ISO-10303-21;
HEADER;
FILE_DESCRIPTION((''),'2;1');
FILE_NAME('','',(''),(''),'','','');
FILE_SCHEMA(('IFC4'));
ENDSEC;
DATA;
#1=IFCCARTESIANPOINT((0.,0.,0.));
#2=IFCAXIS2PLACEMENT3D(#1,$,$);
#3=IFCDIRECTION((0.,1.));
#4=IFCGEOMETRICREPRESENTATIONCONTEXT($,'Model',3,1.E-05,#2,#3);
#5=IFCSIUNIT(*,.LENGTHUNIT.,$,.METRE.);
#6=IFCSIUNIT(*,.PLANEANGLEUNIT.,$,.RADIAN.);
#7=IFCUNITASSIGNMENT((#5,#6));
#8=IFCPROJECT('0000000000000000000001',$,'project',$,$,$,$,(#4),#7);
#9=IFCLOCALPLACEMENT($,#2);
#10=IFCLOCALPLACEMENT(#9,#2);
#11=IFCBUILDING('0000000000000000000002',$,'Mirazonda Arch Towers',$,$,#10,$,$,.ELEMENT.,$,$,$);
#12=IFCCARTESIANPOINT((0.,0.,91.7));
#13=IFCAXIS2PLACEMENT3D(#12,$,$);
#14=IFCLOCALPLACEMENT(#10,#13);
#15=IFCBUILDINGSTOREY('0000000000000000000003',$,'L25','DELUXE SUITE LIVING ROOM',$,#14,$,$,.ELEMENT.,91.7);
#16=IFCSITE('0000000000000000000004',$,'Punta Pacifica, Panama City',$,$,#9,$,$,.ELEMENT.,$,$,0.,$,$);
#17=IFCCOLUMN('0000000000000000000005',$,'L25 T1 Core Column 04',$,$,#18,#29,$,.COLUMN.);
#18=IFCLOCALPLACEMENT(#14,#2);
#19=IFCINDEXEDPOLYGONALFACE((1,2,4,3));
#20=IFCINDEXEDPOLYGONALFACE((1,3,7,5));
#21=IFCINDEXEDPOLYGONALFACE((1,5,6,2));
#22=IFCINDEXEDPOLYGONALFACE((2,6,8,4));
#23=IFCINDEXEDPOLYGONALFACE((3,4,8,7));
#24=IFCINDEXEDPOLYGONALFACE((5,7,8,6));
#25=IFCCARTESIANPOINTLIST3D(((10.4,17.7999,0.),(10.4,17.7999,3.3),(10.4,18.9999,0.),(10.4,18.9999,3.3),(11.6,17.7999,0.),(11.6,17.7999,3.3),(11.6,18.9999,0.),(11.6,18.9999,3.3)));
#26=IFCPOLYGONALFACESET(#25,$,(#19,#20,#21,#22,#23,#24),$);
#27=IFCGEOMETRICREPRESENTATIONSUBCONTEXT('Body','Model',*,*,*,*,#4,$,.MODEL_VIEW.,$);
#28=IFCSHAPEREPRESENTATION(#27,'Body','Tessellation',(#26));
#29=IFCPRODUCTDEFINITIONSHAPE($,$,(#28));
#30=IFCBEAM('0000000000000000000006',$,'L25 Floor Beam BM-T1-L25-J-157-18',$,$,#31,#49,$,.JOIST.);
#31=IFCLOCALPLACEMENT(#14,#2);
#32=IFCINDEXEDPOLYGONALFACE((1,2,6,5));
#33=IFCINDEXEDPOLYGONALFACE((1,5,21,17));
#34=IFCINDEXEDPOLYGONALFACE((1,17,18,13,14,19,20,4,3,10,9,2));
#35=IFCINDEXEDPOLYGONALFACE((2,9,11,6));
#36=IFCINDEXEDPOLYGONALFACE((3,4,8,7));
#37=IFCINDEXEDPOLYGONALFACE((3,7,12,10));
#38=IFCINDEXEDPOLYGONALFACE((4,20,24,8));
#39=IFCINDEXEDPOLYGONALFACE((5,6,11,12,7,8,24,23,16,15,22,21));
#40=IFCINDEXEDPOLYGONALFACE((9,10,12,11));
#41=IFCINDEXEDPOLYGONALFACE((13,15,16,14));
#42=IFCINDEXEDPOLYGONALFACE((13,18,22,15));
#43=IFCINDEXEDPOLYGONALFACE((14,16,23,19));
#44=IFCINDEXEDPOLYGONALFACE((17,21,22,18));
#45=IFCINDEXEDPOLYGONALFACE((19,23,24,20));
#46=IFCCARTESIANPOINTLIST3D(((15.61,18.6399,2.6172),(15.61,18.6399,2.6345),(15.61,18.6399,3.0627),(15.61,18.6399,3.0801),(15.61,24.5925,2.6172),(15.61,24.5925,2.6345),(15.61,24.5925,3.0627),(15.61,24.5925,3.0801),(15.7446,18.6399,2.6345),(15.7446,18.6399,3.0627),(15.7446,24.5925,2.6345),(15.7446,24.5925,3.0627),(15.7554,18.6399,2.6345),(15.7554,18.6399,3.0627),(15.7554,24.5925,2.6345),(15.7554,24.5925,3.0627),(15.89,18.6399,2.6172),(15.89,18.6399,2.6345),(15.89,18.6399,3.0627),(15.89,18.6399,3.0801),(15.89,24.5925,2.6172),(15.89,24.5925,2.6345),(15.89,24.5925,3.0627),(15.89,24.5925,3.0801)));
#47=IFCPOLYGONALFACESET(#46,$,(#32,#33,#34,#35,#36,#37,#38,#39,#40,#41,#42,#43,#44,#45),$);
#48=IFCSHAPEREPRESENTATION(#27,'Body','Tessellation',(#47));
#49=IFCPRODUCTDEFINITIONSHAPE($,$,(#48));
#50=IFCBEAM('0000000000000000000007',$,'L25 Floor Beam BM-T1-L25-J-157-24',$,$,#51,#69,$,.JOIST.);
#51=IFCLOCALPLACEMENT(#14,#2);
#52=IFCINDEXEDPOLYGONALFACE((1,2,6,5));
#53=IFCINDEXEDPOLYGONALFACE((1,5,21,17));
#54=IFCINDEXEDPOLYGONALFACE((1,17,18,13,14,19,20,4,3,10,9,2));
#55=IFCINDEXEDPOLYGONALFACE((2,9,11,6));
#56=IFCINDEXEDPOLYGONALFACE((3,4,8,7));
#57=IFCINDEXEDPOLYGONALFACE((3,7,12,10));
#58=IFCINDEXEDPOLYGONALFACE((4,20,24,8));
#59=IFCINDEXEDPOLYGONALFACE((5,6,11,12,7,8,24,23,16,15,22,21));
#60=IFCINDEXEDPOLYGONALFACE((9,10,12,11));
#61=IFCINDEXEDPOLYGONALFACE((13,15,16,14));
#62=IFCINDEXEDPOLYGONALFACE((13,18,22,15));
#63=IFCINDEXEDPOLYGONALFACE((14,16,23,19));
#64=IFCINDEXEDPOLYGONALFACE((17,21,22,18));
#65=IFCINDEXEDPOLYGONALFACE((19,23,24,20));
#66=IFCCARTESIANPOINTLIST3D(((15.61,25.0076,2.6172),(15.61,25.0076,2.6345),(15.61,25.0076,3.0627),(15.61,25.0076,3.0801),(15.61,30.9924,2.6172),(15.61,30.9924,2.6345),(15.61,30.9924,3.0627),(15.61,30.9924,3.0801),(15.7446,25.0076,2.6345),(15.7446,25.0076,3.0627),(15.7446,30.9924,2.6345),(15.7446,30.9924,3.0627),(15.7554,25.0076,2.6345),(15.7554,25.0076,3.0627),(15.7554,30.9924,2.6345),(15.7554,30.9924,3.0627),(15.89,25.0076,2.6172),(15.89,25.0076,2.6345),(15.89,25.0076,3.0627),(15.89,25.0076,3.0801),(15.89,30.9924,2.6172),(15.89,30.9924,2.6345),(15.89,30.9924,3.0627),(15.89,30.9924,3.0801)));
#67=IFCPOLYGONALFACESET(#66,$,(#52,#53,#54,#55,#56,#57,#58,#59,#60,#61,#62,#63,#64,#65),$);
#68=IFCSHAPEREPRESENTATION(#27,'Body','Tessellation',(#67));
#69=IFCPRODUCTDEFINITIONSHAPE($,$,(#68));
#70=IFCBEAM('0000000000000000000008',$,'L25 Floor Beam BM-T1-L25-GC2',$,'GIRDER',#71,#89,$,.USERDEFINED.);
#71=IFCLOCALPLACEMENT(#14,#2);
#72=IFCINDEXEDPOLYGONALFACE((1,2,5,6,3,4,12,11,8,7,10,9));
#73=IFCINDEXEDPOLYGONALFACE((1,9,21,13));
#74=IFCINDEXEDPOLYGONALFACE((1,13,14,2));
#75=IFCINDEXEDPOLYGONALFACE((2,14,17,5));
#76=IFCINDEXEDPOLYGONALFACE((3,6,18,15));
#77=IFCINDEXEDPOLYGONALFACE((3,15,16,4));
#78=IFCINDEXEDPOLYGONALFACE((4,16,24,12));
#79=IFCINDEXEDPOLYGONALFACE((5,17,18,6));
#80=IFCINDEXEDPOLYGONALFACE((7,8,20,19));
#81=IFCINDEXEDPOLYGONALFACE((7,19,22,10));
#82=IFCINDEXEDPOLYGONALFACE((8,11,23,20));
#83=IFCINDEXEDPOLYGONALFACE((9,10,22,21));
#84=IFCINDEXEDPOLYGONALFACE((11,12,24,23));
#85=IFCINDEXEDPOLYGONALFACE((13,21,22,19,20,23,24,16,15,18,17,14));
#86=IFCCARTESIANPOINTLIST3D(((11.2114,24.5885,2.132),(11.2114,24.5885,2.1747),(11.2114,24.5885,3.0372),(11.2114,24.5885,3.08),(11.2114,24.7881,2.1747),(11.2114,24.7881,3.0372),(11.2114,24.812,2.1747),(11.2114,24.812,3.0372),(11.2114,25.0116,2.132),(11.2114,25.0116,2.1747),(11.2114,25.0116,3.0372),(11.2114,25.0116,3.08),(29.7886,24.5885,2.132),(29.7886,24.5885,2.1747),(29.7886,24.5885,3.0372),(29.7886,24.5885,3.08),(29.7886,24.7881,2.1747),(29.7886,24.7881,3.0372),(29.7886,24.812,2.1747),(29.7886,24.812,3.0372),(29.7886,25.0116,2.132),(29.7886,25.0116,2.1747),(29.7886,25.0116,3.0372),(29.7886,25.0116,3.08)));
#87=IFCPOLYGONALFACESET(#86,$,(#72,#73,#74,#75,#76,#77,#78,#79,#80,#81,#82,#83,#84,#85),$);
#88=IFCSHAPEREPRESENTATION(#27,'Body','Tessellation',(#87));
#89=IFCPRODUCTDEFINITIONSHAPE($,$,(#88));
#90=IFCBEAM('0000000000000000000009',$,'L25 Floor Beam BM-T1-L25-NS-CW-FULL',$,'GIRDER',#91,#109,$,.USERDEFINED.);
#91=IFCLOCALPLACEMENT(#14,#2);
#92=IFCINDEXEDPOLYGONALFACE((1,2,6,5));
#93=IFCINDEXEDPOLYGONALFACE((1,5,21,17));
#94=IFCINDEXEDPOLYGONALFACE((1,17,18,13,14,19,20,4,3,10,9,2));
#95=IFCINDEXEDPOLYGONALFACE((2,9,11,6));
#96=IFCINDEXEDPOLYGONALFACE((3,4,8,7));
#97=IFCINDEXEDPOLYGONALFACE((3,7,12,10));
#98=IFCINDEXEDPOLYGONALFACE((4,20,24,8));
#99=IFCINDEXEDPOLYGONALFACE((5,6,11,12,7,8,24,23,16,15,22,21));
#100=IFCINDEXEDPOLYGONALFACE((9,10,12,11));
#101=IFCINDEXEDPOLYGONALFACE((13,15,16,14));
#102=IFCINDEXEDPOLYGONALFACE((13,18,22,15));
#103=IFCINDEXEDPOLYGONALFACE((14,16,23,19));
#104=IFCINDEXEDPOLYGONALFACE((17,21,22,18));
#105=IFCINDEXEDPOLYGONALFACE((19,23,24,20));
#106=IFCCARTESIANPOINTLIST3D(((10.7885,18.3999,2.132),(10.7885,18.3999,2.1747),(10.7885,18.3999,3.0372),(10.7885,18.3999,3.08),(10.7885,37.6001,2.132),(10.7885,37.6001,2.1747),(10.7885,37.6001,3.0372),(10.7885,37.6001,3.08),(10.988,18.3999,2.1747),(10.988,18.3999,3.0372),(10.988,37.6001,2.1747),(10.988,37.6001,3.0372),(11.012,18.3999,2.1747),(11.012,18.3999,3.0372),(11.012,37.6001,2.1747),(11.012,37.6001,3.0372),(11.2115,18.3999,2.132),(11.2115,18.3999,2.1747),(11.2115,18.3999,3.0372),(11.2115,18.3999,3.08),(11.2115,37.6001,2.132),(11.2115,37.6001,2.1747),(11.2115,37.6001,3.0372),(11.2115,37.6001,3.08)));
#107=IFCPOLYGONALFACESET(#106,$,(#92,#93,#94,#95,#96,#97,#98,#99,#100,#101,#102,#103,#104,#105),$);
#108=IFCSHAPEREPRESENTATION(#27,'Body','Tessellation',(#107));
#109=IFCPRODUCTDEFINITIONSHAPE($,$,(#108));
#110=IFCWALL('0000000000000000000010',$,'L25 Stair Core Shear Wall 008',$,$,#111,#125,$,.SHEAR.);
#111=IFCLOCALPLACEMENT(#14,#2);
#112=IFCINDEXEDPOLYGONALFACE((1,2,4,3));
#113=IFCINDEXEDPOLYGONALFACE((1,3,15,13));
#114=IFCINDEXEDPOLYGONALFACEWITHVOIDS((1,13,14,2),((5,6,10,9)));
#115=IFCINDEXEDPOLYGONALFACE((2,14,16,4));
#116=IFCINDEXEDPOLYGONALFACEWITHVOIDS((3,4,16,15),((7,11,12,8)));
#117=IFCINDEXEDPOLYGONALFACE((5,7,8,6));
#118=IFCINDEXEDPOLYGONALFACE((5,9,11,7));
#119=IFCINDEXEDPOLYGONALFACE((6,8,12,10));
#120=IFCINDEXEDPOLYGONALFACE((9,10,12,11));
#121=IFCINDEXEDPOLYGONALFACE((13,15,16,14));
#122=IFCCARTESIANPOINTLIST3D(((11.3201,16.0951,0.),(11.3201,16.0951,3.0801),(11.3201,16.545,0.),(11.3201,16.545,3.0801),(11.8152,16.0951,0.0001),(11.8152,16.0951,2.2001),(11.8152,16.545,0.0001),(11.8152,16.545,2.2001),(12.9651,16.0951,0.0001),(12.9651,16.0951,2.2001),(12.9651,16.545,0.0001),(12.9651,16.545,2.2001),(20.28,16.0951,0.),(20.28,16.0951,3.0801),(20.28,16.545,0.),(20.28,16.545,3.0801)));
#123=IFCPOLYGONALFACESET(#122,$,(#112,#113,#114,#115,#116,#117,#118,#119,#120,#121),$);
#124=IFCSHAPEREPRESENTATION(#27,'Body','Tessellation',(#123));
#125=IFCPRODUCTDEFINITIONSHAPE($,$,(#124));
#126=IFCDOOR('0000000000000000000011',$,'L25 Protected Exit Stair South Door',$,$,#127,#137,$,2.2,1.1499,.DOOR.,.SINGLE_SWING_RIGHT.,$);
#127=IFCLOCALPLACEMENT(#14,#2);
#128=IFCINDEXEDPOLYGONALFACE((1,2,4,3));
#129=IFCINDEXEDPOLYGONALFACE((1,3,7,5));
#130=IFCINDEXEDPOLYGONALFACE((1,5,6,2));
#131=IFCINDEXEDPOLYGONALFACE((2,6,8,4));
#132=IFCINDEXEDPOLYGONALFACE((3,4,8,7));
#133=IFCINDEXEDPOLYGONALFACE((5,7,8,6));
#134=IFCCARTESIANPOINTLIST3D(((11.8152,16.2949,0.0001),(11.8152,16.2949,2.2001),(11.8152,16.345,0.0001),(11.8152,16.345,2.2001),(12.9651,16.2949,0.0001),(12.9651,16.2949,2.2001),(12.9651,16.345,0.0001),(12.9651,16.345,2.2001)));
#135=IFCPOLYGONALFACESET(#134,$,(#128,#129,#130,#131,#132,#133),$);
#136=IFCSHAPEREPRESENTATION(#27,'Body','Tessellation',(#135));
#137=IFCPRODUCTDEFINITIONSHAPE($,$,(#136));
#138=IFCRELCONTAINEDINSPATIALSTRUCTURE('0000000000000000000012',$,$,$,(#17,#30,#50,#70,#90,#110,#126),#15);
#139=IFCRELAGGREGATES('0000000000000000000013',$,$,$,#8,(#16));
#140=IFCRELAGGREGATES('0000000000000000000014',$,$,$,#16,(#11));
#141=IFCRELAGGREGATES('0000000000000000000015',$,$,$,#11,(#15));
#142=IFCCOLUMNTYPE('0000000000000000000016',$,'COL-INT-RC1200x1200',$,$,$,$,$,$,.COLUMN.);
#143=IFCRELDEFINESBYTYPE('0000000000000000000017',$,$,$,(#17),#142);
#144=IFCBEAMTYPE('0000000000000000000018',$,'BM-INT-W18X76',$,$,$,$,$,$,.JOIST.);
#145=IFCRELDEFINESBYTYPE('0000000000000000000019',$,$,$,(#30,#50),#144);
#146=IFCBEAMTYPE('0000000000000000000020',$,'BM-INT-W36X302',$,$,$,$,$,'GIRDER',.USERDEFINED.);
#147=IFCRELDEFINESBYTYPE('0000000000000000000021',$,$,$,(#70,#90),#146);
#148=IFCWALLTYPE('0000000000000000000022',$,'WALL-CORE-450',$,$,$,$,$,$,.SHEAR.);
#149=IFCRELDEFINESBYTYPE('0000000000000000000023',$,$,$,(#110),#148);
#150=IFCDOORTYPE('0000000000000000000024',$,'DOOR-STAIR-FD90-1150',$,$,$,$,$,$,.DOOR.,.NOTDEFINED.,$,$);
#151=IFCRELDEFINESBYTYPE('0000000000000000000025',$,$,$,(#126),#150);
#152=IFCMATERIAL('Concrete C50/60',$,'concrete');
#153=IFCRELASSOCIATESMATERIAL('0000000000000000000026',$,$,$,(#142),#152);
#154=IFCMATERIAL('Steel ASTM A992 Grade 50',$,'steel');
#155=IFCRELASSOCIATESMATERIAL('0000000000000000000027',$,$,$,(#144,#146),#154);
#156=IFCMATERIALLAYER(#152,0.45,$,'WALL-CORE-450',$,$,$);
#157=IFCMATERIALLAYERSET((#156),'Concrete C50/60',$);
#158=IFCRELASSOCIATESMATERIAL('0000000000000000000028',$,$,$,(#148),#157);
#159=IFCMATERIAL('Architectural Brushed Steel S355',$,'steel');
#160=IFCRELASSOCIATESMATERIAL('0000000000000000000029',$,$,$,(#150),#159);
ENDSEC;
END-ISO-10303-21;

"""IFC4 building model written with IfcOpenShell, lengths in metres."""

from ifc_helpers import new_model, si_unit, direction, frame, frame_2d, origin, origin_2d, place, context, subcontext, project, spatial, rectangle, i_section, extrude, material, layer, layer_set, material_profile, profile_set, type_object, element, fill, save


model = new_model("IFC4")

# Units and contexts
model_context = context("Model", 3, precision=1e-05, world=origin(), true_north=direction((0.0, 1.0)))
body_context = subcontext(model_context, "Body", "Model", "MODEL_VIEW")
ifc_project = project(units=[si_unit("LENGTHUNIT", "METRE"), si_unit("PLANEANGLEUNIT", "RADIAN")], contexts=[model_context])

# Site, building, storey
site_placement = place(None, origin())
site = spatial("IfcSite", under=ifc_project, at=site_placement, Name="Punta Pacifica, Panama City", CompositionType="ELEMENT", RefElevation=0.0)
building_placement = place(site_placement, origin())
building = spatial("IfcBuilding", under=site, at=building_placement, Name="Mirazonda Arch Towers", CompositionType="ELEMENT")
storey_placement = place(building_placement, frame((0.0, 0.0, 91.7)))
storey = spatial("IfcBuildingStorey", under=building, at=storey_placement, Name="L25", Description="DELUXE SUITE LIVING ROOM", CompositionType="ELEMENT", Elevation=91.7)

# Column
ifc_material_1 = material(Name="Concrete C50/60", Category="concrete")
ifc_material_profile_1 = material_profile(ifc_material_1, rectangle(XDim=1.2, YDim=1.2, at=origin_2d()), Name="RC1200x1200")
ifc_profile_set_1 = profile_set([ifc_material_profile_1], Name="Concrete C50/60")
column_type = type_object("IfcColumnType", Name="COL-INT-RC1200x1200", PredefinedType="COLUMN", material=ifc_profile_set_1)
column_placement = place(storey_placement, frame((11.0, 18.3999, 0.0), z_axis=(0.0, 0.0, 1.0), x_axis=(1.0, 0.0, 0.0)))
element("IfcColumn", 1, at=column_placement, inside=storey, type_object=column_type, Name="L25 T1 Core Column 04", PredefinedType="COLUMN", context=body_context, shape_type="SweptSolid", body=[
    extrude(rectangle(XDim=1.2, YDim=1.2, at=origin_2d()), origin(), (0.0, 0.0, 1.0), 3.3),
])

# Beams
ifc_material_2 = material(Name="Steel ASTM A992 Grade 50", Category="steel")
ifc_material_profile_2 = material_profile(ifc_material_2, i_section(OverallWidth=0.28, OverallDepth=0.4629, WebThickness=0.0107, FlangeThickness=0.0173, at=origin_2d()), Name="W18X76")
ifc_profile_set_2 = profile_set([ifc_material_profile_2], Name="Steel ASTM A992 Grade 50")
beam_type_1 = type_object("IfcBeamType", Name="BM-INT-W18X76", PredefinedType="JOIST", material=ifc_profile_set_2)
beam_1_placement = place(storey_placement, frame((15.75, 18.6399, 2.8486), z_axis=(0.0, 1.0, 0.0), x_axis=(-1.0, 0.0, 0.0)))
element("IfcBeam", 2, at=beam_1_placement, inside=storey, type_object=beam_type_1, Name="L25 Floor Beam BM-T1-L25-J-157-18", PredefinedType="JOIST", context=body_context, shape_type="SweptSolid", body=[
    extrude(i_section(OverallWidth=0.28, OverallDepth=0.4629, WebThickness=0.0107, FlangeThickness=0.0173, at=origin_2d()), origin(), (0.0, 0.0, 1.0), 5.9526),
])
beam_2_placement = place(storey_placement, frame((15.75, 25.0076, 2.8486), z_axis=(0.0, 1.0, 0.0), x_axis=(-1.0, 0.0, 0.0)))
element("IfcBeam", 3, at=beam_2_placement, inside=storey, type_object=beam_type_1, Name="L25 Floor Beam BM-T1-L25-J-157-24", PredefinedType="JOIST", context=body_context, shape_type="SweptSolid", body=[
    extrude(i_section(OverallWidth=0.28, OverallDepth=0.4629, WebThickness=0.0107, FlangeThickness=0.0173, at=origin_2d()), origin(), (0.0, 0.0, 1.0), 5.9849),
])
ifc_material_profile_3 = material_profile(ifc_material_2, i_section(OverallWidth=0.4231, OverallDepth=0.948, WebThickness=0.0239, FlangeThickness=0.0427, at=origin_2d()), Name="W36X302")
ifc_profile_set_3 = profile_set([ifc_material_profile_3], Name="Steel ASTM A992 Grade 50")
beam_type_2 = type_object("IfcBeamType", Name="BM-INT-W36X302", ElementType="GIRDER", PredefinedType="USERDEFINED", material=ifc_profile_set_3)
beam_3_placement = place(storey_placement, frame((11.2114, 24.8, 2.606), z_axis=(1.0, 0.0, 0.0), x_axis=(0.0, 1.0, 0.0)))
element("IfcBeam", 4, at=beam_3_placement, inside=storey, type_object=beam_type_2, Name="L25 Floor Beam BM-T1-L25-GC2", ObjectType="GIRDER", PredefinedType="USERDEFINED", context=body_context, shape_type="SweptSolid", body=[
    extrude(i_section(OverallWidth=0.4231, OverallDepth=0.948, WebThickness=0.0239, FlangeThickness=0.0427, at=origin_2d()), origin(), (0.0, 0.0, 1.0), 18.5771),
])
beam_4_placement = place(storey_placement, frame((11.0, 18.3999, 2.606), z_axis=(0.0, 1.0, 0.0), x_axis=(-1.0, 0.0, 0.0)))
element("IfcBeam", 5, at=beam_4_placement, inside=storey, type_object=beam_type_2, Name="L25 Floor Beam BM-T1-L25-NS-CW-FULL", ObjectType="GIRDER", PredefinedType="USERDEFINED", context=body_context, shape_type="SweptSolid", body=[
    extrude(i_section(OverallWidth=0.4231, OverallDepth=0.948, WebThickness=0.0239, FlangeThickness=0.0427, at=origin_2d()), origin(), (0.0, 0.0, 1.0), 19.2002),
])

# Wall, opening, door
ifc_layer_1 = layer(ifc_material_1, 0.45, Name="WALL-CORE-450")
ifc_layer_set_1 = layer_set([ifc_layer_1], Name="Concrete C50/60")
wall_type_1 = type_object("IfcWallType", Name="WALL-CORE-450", PredefinedType="SHEAR", material=ifc_layer_set_1)
wall_1_placement = place(storey_placement, frame((11.3201, 16.3201, 0.0), z_axis=(0.0, 0.0, 1.0), x_axis=(1.0, 0.0, 0.0)))
wall_1 = element("IfcWall", 6, at=wall_1_placement, inside=storey, type_object=wall_type_1, Name="L25 Stair Core Shear Wall 008", PredefinedType="SHEAR", context=body_context, shape_type="SweptSolid", body=[
    extrude(rectangle(XDim=8.96, YDim=0.45, at=frame_2d((4.48, 0.0))), origin(), (0.0, 0.0, 1.0), 3.0801),
])
opening_1_placement = place(wall_1_placement, frame((0.4951, 0.0, 0.0)))
opening_1 = element("IfcOpeningElement", 7, at=opening_1_placement, cuts=wall_1, PredefinedType="OPENING", context=body_context, shape_type="SweptSolid", body=[
    extrude(rectangle(XDim=1.1499, YDim=2.2, at=frame_2d((0.575, 1.1001))), frame((0.0, 0.2349, 0.0), z_axis=(0.0, -1.0, 0.0), x_axis=(1.0, 0.0, 0.0)), (0.0, 0.0, 1.0), 0.47),
])
ifc_material_3 = material(Name="Architectural Brushed Steel S355", Category="steel")
door_type_1 = type_object("IfcDoorType", Name="DOOR-STAIR-FD90-1150", OperationType="NOTDEFINED", PredefinedType="DOOR", material=ifc_material_3)
door_1_placement = place(opening_1_placement, origin())
door_1 = element("IfcDoor", 8, at=door_1_placement, inside=storey, type_object=door_type_1, Name="L25 Protected Exit Stair South Door", OperationType="SINGLE_SWING_RIGHT", OverallHeight=2.2, OverallWidth=1.1499, PredefinedType="DOOR", context=body_context, shape_type="SweptSolid", body=[
    extrude(rectangle(XDim=1.1499, YDim=2.2, at=frame_2d((0.575, 1.1001))), frame((0.0, 0.0249, 0.0), z_axis=(0.0, -1.0, 0.0), x_axis=(1.0, 0.0, 0.0)), (0.0, 0.0, 1.0), 0.05),
])
fill(opening_1, door_1)

save(model, "model.ifc")
